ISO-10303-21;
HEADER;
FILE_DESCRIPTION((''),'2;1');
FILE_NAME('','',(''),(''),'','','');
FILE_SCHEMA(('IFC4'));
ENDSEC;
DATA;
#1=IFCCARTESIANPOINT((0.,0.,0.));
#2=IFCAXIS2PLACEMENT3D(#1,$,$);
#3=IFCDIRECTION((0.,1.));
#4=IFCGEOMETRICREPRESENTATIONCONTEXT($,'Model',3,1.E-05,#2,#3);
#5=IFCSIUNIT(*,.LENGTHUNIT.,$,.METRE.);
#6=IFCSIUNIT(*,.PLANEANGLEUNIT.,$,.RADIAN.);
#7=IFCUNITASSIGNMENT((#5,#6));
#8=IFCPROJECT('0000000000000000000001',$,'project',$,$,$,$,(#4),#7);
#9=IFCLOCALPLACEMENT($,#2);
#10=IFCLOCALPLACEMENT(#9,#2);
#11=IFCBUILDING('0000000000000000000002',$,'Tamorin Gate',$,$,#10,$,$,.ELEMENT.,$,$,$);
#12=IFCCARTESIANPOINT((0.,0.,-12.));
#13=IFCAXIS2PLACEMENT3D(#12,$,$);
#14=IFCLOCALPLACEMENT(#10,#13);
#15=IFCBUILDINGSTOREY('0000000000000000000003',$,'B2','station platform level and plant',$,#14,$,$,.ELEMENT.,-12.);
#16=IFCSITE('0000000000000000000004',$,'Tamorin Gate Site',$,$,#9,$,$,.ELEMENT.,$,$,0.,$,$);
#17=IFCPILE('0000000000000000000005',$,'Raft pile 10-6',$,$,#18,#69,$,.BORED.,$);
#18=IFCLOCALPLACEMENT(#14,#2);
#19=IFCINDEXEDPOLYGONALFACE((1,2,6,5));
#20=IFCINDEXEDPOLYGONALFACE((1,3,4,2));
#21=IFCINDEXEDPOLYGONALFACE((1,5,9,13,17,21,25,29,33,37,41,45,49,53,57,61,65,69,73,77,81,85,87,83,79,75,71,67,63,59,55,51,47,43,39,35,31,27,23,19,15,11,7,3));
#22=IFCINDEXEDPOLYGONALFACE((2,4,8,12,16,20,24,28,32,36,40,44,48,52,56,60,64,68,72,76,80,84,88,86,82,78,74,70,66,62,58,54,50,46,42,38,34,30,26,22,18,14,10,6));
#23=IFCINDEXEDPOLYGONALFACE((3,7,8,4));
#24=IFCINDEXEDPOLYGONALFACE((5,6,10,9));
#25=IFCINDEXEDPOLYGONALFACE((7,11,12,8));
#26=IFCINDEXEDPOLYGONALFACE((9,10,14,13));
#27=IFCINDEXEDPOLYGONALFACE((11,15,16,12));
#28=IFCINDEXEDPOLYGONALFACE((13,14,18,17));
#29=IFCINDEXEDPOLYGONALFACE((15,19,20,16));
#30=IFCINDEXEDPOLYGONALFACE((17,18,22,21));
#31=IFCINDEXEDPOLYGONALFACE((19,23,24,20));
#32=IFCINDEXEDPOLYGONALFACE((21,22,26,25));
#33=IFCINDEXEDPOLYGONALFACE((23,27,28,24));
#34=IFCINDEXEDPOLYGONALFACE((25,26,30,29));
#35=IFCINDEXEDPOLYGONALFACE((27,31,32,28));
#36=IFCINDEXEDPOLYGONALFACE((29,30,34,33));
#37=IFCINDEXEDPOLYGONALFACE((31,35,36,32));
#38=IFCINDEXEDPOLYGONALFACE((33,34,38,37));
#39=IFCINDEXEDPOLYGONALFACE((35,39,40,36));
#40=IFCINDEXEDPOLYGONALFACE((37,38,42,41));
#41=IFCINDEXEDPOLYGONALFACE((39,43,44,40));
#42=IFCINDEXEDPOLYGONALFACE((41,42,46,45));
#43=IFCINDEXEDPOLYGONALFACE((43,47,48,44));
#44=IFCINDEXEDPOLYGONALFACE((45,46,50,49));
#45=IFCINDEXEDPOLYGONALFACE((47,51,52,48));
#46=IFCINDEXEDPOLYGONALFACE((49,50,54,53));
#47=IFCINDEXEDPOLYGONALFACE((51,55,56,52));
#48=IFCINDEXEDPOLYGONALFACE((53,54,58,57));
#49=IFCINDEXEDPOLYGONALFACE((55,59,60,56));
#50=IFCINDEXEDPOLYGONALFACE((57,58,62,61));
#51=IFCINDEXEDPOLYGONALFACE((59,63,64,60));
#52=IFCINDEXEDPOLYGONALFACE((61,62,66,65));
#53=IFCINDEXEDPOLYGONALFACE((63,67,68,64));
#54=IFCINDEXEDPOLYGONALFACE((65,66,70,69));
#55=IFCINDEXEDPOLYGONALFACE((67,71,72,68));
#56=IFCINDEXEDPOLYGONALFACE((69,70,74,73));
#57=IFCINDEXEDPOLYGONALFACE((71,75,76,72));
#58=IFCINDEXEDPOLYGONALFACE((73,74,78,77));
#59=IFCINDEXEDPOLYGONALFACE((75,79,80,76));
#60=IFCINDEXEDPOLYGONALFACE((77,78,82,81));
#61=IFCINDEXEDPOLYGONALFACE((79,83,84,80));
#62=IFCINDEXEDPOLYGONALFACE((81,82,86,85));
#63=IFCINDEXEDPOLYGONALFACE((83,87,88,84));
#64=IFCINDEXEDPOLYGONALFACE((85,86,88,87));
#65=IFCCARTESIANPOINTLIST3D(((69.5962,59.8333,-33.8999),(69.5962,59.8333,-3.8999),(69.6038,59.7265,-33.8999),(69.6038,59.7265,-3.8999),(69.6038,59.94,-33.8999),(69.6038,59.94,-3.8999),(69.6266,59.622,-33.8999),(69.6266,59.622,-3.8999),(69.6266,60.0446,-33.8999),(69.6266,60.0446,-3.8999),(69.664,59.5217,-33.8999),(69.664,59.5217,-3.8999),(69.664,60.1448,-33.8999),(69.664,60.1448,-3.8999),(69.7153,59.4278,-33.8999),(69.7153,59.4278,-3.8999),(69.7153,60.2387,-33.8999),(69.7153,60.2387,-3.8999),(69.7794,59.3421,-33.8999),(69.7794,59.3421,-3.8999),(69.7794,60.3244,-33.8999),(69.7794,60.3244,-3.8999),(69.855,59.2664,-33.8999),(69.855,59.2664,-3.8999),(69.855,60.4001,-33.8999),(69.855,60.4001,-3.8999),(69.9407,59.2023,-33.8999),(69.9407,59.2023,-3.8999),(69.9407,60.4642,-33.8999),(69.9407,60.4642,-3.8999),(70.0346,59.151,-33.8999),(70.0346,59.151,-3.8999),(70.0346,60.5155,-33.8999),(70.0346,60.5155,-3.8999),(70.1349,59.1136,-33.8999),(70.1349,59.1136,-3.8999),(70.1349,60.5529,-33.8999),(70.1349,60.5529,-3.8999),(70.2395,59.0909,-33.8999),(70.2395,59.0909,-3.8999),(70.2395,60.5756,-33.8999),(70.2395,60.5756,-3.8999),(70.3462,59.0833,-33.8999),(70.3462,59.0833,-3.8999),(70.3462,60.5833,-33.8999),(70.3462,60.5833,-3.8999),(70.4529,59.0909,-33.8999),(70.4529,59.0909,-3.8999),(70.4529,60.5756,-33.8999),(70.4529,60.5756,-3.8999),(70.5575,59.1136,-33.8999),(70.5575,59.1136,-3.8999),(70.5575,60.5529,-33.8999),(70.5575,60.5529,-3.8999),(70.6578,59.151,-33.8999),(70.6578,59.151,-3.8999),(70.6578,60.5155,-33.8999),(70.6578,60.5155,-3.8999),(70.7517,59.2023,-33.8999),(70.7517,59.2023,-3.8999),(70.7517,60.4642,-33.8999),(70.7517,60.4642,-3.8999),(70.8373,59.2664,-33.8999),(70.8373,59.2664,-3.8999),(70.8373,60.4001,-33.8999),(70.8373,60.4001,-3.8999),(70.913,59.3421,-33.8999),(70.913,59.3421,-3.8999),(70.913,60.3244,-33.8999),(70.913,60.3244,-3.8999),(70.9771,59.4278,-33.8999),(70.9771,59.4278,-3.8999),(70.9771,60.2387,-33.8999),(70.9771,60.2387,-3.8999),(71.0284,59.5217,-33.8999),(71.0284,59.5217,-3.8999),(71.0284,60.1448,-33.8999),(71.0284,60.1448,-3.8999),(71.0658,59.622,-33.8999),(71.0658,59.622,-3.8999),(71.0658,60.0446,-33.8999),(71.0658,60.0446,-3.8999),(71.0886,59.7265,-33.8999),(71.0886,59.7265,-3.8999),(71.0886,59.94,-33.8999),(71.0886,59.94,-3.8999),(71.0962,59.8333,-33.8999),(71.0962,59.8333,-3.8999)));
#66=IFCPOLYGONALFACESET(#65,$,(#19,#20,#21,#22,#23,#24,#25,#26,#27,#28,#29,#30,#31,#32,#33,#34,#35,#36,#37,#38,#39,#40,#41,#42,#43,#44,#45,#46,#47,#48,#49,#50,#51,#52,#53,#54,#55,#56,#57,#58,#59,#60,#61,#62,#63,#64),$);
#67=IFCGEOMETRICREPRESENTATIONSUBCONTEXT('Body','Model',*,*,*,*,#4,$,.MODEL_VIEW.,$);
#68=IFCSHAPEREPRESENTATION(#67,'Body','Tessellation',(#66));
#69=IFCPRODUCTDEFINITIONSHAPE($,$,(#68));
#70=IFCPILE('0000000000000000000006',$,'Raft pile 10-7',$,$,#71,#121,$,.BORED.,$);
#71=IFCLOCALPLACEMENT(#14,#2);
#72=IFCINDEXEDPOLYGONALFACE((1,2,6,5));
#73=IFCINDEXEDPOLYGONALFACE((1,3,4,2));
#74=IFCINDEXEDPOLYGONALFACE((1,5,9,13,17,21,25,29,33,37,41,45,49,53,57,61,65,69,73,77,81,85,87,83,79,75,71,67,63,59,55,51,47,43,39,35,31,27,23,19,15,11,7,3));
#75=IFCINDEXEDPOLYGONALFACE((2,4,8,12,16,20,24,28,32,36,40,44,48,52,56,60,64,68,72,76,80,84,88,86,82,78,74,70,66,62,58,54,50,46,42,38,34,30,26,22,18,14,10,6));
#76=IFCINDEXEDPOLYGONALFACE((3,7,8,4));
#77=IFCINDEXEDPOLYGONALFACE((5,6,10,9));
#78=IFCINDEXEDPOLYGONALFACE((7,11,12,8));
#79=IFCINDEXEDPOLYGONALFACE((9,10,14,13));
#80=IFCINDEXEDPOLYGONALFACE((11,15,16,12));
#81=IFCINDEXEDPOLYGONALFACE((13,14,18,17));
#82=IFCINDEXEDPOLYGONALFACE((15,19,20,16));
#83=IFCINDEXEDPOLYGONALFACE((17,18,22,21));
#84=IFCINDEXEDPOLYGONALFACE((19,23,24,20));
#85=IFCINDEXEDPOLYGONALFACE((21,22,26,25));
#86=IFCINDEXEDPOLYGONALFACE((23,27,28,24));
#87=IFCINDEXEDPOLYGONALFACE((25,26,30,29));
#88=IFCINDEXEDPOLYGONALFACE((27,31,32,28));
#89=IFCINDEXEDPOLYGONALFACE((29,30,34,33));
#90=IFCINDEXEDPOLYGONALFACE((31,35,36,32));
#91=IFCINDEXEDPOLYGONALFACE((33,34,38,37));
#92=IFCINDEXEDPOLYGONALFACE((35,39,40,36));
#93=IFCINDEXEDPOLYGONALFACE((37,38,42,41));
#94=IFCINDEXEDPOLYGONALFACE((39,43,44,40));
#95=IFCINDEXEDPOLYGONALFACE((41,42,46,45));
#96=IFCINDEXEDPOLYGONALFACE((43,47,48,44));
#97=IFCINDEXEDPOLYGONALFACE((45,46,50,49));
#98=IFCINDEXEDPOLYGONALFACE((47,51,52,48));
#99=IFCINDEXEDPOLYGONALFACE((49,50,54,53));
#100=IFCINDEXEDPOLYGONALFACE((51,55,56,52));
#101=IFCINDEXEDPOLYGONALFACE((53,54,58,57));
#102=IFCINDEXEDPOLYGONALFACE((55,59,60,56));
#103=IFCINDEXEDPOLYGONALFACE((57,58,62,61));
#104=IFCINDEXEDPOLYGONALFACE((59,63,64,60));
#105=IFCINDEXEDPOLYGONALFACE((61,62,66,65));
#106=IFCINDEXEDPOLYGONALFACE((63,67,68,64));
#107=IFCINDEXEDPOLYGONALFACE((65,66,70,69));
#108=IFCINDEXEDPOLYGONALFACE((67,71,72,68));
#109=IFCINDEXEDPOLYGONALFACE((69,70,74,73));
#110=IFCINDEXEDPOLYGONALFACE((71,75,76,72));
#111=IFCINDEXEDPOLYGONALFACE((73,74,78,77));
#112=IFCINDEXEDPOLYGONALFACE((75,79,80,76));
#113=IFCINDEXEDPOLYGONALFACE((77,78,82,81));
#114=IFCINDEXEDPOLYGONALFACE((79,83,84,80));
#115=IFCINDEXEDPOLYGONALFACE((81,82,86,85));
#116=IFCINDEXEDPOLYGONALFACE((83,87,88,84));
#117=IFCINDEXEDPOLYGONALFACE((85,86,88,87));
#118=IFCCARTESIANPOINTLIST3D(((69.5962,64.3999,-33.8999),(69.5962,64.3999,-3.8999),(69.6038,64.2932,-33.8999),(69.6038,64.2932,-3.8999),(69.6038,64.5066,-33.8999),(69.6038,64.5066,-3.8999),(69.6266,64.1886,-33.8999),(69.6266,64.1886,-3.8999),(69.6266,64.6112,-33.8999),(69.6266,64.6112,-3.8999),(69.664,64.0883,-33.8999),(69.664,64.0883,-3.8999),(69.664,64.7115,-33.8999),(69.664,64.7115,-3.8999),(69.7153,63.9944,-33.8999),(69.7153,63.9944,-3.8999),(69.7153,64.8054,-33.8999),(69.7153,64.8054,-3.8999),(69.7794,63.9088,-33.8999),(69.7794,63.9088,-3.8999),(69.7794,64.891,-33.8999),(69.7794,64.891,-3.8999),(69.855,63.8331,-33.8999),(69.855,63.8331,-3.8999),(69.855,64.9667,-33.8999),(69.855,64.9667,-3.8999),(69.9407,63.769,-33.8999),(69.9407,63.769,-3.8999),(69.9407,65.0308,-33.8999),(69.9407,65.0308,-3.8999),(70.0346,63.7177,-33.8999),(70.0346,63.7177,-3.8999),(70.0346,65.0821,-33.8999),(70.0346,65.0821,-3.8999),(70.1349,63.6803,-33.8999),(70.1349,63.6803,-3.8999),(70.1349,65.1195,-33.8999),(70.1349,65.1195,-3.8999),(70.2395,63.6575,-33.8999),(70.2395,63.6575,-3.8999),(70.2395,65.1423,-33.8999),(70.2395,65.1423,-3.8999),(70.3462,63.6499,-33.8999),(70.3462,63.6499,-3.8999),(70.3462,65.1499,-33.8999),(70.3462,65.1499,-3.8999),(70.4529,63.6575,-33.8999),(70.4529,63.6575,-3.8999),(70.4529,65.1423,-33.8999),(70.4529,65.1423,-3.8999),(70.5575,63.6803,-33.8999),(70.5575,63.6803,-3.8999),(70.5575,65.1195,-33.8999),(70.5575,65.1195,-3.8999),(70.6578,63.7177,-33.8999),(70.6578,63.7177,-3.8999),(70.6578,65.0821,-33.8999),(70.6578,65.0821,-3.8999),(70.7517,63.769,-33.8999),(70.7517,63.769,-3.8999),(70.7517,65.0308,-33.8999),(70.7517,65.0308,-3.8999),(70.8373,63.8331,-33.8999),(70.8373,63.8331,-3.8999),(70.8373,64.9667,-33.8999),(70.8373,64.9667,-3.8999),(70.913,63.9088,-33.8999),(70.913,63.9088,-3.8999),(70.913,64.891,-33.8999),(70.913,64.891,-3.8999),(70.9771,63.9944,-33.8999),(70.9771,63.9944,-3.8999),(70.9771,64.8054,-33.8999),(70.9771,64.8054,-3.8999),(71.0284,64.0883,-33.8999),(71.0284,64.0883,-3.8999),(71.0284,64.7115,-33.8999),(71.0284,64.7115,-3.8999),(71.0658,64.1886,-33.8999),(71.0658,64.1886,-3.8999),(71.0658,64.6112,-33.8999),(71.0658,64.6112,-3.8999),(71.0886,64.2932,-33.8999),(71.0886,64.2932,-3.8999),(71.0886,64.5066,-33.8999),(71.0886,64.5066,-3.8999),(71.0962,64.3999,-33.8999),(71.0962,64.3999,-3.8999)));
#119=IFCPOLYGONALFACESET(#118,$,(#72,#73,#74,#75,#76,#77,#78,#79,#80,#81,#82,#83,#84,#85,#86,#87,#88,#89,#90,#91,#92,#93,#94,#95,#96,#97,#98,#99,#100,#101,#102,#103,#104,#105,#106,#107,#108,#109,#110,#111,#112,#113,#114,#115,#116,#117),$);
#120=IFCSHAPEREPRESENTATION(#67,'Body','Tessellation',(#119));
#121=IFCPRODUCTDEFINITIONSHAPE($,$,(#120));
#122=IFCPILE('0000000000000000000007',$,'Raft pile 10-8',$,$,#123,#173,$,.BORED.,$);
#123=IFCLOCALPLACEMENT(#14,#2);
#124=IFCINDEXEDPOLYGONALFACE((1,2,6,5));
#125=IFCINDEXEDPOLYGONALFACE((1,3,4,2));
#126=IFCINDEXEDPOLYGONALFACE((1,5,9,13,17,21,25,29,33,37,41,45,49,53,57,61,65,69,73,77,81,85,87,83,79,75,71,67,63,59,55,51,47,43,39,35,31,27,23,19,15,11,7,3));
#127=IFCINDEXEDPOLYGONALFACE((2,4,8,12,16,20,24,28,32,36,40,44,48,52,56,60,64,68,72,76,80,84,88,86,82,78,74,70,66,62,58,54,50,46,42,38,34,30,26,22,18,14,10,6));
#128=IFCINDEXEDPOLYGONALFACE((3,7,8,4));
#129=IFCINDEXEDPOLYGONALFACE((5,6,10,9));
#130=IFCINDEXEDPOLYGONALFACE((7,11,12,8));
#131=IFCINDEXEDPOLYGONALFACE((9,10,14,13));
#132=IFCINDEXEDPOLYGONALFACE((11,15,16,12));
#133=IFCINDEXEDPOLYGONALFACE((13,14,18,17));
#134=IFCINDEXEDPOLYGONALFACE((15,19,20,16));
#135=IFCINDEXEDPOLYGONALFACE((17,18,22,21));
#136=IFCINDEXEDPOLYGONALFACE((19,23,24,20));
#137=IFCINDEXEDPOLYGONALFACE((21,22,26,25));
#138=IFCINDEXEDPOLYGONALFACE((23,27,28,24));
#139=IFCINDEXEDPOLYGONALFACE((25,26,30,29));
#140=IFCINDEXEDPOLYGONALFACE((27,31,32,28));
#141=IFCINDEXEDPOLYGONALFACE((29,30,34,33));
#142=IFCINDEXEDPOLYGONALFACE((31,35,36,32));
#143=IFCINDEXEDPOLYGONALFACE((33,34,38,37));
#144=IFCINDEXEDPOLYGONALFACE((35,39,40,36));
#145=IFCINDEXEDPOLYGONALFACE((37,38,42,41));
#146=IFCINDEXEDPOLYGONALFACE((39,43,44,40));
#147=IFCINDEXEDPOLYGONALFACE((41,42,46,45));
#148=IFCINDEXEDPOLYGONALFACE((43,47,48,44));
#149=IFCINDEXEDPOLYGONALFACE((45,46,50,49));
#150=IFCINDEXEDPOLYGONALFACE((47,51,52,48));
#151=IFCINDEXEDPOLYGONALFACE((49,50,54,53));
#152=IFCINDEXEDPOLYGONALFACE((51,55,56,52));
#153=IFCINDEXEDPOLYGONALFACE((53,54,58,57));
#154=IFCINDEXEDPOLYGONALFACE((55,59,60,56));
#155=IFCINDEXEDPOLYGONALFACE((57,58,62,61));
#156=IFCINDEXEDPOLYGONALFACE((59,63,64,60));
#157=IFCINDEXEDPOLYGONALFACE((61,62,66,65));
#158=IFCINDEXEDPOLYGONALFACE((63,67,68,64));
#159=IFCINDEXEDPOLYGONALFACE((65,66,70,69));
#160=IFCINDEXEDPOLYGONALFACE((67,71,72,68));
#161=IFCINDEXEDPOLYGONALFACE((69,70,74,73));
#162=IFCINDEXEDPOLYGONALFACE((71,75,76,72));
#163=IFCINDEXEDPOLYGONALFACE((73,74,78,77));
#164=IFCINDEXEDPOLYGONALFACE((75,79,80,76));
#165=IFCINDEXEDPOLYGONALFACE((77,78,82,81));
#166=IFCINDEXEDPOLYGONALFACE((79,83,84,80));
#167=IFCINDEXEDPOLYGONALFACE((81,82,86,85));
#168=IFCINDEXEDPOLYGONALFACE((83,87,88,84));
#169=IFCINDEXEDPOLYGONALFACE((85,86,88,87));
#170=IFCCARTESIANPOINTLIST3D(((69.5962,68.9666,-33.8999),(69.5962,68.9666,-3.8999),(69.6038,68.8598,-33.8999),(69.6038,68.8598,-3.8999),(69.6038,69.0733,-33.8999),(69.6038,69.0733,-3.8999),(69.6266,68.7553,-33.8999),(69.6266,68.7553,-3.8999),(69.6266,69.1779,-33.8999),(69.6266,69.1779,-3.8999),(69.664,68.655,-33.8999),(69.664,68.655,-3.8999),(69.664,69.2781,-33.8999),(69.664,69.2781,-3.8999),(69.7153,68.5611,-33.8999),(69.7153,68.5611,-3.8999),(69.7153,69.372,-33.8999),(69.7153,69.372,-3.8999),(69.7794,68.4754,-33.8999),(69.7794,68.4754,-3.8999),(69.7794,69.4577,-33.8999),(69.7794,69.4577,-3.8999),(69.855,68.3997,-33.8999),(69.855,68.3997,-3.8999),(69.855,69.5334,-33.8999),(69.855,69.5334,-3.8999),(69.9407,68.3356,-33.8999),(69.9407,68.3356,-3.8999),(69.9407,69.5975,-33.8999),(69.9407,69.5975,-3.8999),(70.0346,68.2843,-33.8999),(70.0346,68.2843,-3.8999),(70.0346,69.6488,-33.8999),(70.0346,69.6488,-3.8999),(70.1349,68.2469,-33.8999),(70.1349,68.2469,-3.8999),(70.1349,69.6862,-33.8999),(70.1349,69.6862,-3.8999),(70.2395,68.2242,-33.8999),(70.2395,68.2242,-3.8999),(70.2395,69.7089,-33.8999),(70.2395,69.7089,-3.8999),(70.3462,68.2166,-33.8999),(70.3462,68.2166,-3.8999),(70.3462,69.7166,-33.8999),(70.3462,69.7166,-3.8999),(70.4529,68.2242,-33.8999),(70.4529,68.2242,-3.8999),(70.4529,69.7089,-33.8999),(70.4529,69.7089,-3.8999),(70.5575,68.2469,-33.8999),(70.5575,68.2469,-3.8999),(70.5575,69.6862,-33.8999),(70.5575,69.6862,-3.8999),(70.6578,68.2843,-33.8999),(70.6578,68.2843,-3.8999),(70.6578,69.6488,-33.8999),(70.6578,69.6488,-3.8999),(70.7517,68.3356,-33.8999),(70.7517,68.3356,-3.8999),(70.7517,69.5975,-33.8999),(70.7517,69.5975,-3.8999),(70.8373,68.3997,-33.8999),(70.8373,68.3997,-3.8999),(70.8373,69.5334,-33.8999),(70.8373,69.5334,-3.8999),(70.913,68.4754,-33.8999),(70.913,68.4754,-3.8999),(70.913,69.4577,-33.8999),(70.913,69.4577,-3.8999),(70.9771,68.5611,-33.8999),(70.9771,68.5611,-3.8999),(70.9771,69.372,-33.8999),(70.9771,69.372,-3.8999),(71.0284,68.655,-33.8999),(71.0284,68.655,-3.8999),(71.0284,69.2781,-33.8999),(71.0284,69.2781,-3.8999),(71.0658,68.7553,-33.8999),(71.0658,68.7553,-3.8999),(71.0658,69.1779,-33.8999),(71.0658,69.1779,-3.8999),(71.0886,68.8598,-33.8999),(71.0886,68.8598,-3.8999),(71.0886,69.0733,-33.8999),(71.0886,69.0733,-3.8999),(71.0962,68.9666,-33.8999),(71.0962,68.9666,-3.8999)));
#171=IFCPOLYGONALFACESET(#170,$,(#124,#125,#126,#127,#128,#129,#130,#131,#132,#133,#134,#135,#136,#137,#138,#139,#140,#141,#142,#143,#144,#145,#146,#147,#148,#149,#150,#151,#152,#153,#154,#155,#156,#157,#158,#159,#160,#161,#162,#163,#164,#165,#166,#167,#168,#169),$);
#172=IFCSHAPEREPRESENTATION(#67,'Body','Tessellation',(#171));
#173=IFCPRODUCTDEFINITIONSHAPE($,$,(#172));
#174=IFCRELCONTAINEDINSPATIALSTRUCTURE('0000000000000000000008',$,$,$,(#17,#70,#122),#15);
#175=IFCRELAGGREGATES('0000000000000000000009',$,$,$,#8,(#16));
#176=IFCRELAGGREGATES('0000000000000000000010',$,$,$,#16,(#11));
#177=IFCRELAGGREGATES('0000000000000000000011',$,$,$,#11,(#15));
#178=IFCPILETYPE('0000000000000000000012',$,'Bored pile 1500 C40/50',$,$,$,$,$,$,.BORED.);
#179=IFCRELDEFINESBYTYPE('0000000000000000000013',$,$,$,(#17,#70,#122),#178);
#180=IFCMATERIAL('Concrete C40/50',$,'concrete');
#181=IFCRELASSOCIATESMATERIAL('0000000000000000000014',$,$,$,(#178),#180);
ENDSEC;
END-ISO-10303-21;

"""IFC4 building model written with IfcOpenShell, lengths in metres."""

from ifc_helpers import new_model, si_unit, direction, frame, origin, origin_2d, place, context, subcontext, project, spatial, circle, extrude, material, material_profile, profile_set, type_object, element, save


model = new_model("IFC4")

# Units and contexts
model_context = context("Model", 3, precision=1e-05, world=origin(), true_north=direction((0.0, 1.0)))
body_context = subcontext(model_context, "Body", "Model", "MODEL_VIEW")
ifc_project = project(units=[si_unit("LENGTHUNIT", "METRE"), si_unit("PLANEANGLEUNIT", "RADIAN")], contexts=[model_context])

# Site, building, storey
site_placement = place(None, origin())
site = spatial("IfcSite", under=ifc_project, at=site_placement, Name="Tamorin Gate Site", CompositionType="ELEMENT", RefElevation=0.0)
building_placement = place(site_placement, origin())
building = spatial("IfcBuilding", under=site, at=building_placement, Name="Tamorin Gate", CompositionType="ELEMENT")
storey_placement = place(building_placement, frame((0.0, 0.0, -12.0)))
storey = spatial("IfcBuildingStorey", under=building, at=storey_placement, Name="B2", Description="station platform level and plant", CompositionType="ELEMENT", Elevation=-12.0)

# Piles
ifc_material_1 = material(Name="Concrete C40/50", Category="concrete")
ifc_material_profile_1 = material_profile(ifc_material_1, circle(Radius=0.75, at=origin_2d()))
ifc_profile_set_1 = profile_set([ifc_material_profile_1], Name="Concrete C40/50")
pile_type = type_object("IfcPileType", Name="Bored pile 1500 C40/50", PredefinedType="BORED", material=ifc_profile_set_1)
for number, where, z_axis, x_axis, name in (
    (1, (70.3462, 59.8333, -3.8999), (0.0, 0.0, -1.0), (1.0, 0.0, 0.0), "Raft pile 10-6"),
    (2, (70.3462, 64.3999, -3.8999), (0.0, 0.0, -1.0), (1.0, 0.0, 0.0), "Raft pile 10-7"),
    (3, (70.3462, 68.9666, -3.8999), (0.0, 0.0, -1.0), (1.0, 0.0, 0.0), "Raft pile 10-8"),
):
    element("IfcPile", number, at=place(storey_placement, frame(where, z_axis=z_axis, x_axis=x_axis)), inside=storey, type_object=pile_type, Name=name, PredefinedType="BORED", context=body_context, shape_type="SweptSolid", body=[
        extrude(circle(Radius=0.75, at=origin_2d()), origin(), (0.0, 0.0, 1.0), 30.0),
    ])

save(model, "model.ifc")
